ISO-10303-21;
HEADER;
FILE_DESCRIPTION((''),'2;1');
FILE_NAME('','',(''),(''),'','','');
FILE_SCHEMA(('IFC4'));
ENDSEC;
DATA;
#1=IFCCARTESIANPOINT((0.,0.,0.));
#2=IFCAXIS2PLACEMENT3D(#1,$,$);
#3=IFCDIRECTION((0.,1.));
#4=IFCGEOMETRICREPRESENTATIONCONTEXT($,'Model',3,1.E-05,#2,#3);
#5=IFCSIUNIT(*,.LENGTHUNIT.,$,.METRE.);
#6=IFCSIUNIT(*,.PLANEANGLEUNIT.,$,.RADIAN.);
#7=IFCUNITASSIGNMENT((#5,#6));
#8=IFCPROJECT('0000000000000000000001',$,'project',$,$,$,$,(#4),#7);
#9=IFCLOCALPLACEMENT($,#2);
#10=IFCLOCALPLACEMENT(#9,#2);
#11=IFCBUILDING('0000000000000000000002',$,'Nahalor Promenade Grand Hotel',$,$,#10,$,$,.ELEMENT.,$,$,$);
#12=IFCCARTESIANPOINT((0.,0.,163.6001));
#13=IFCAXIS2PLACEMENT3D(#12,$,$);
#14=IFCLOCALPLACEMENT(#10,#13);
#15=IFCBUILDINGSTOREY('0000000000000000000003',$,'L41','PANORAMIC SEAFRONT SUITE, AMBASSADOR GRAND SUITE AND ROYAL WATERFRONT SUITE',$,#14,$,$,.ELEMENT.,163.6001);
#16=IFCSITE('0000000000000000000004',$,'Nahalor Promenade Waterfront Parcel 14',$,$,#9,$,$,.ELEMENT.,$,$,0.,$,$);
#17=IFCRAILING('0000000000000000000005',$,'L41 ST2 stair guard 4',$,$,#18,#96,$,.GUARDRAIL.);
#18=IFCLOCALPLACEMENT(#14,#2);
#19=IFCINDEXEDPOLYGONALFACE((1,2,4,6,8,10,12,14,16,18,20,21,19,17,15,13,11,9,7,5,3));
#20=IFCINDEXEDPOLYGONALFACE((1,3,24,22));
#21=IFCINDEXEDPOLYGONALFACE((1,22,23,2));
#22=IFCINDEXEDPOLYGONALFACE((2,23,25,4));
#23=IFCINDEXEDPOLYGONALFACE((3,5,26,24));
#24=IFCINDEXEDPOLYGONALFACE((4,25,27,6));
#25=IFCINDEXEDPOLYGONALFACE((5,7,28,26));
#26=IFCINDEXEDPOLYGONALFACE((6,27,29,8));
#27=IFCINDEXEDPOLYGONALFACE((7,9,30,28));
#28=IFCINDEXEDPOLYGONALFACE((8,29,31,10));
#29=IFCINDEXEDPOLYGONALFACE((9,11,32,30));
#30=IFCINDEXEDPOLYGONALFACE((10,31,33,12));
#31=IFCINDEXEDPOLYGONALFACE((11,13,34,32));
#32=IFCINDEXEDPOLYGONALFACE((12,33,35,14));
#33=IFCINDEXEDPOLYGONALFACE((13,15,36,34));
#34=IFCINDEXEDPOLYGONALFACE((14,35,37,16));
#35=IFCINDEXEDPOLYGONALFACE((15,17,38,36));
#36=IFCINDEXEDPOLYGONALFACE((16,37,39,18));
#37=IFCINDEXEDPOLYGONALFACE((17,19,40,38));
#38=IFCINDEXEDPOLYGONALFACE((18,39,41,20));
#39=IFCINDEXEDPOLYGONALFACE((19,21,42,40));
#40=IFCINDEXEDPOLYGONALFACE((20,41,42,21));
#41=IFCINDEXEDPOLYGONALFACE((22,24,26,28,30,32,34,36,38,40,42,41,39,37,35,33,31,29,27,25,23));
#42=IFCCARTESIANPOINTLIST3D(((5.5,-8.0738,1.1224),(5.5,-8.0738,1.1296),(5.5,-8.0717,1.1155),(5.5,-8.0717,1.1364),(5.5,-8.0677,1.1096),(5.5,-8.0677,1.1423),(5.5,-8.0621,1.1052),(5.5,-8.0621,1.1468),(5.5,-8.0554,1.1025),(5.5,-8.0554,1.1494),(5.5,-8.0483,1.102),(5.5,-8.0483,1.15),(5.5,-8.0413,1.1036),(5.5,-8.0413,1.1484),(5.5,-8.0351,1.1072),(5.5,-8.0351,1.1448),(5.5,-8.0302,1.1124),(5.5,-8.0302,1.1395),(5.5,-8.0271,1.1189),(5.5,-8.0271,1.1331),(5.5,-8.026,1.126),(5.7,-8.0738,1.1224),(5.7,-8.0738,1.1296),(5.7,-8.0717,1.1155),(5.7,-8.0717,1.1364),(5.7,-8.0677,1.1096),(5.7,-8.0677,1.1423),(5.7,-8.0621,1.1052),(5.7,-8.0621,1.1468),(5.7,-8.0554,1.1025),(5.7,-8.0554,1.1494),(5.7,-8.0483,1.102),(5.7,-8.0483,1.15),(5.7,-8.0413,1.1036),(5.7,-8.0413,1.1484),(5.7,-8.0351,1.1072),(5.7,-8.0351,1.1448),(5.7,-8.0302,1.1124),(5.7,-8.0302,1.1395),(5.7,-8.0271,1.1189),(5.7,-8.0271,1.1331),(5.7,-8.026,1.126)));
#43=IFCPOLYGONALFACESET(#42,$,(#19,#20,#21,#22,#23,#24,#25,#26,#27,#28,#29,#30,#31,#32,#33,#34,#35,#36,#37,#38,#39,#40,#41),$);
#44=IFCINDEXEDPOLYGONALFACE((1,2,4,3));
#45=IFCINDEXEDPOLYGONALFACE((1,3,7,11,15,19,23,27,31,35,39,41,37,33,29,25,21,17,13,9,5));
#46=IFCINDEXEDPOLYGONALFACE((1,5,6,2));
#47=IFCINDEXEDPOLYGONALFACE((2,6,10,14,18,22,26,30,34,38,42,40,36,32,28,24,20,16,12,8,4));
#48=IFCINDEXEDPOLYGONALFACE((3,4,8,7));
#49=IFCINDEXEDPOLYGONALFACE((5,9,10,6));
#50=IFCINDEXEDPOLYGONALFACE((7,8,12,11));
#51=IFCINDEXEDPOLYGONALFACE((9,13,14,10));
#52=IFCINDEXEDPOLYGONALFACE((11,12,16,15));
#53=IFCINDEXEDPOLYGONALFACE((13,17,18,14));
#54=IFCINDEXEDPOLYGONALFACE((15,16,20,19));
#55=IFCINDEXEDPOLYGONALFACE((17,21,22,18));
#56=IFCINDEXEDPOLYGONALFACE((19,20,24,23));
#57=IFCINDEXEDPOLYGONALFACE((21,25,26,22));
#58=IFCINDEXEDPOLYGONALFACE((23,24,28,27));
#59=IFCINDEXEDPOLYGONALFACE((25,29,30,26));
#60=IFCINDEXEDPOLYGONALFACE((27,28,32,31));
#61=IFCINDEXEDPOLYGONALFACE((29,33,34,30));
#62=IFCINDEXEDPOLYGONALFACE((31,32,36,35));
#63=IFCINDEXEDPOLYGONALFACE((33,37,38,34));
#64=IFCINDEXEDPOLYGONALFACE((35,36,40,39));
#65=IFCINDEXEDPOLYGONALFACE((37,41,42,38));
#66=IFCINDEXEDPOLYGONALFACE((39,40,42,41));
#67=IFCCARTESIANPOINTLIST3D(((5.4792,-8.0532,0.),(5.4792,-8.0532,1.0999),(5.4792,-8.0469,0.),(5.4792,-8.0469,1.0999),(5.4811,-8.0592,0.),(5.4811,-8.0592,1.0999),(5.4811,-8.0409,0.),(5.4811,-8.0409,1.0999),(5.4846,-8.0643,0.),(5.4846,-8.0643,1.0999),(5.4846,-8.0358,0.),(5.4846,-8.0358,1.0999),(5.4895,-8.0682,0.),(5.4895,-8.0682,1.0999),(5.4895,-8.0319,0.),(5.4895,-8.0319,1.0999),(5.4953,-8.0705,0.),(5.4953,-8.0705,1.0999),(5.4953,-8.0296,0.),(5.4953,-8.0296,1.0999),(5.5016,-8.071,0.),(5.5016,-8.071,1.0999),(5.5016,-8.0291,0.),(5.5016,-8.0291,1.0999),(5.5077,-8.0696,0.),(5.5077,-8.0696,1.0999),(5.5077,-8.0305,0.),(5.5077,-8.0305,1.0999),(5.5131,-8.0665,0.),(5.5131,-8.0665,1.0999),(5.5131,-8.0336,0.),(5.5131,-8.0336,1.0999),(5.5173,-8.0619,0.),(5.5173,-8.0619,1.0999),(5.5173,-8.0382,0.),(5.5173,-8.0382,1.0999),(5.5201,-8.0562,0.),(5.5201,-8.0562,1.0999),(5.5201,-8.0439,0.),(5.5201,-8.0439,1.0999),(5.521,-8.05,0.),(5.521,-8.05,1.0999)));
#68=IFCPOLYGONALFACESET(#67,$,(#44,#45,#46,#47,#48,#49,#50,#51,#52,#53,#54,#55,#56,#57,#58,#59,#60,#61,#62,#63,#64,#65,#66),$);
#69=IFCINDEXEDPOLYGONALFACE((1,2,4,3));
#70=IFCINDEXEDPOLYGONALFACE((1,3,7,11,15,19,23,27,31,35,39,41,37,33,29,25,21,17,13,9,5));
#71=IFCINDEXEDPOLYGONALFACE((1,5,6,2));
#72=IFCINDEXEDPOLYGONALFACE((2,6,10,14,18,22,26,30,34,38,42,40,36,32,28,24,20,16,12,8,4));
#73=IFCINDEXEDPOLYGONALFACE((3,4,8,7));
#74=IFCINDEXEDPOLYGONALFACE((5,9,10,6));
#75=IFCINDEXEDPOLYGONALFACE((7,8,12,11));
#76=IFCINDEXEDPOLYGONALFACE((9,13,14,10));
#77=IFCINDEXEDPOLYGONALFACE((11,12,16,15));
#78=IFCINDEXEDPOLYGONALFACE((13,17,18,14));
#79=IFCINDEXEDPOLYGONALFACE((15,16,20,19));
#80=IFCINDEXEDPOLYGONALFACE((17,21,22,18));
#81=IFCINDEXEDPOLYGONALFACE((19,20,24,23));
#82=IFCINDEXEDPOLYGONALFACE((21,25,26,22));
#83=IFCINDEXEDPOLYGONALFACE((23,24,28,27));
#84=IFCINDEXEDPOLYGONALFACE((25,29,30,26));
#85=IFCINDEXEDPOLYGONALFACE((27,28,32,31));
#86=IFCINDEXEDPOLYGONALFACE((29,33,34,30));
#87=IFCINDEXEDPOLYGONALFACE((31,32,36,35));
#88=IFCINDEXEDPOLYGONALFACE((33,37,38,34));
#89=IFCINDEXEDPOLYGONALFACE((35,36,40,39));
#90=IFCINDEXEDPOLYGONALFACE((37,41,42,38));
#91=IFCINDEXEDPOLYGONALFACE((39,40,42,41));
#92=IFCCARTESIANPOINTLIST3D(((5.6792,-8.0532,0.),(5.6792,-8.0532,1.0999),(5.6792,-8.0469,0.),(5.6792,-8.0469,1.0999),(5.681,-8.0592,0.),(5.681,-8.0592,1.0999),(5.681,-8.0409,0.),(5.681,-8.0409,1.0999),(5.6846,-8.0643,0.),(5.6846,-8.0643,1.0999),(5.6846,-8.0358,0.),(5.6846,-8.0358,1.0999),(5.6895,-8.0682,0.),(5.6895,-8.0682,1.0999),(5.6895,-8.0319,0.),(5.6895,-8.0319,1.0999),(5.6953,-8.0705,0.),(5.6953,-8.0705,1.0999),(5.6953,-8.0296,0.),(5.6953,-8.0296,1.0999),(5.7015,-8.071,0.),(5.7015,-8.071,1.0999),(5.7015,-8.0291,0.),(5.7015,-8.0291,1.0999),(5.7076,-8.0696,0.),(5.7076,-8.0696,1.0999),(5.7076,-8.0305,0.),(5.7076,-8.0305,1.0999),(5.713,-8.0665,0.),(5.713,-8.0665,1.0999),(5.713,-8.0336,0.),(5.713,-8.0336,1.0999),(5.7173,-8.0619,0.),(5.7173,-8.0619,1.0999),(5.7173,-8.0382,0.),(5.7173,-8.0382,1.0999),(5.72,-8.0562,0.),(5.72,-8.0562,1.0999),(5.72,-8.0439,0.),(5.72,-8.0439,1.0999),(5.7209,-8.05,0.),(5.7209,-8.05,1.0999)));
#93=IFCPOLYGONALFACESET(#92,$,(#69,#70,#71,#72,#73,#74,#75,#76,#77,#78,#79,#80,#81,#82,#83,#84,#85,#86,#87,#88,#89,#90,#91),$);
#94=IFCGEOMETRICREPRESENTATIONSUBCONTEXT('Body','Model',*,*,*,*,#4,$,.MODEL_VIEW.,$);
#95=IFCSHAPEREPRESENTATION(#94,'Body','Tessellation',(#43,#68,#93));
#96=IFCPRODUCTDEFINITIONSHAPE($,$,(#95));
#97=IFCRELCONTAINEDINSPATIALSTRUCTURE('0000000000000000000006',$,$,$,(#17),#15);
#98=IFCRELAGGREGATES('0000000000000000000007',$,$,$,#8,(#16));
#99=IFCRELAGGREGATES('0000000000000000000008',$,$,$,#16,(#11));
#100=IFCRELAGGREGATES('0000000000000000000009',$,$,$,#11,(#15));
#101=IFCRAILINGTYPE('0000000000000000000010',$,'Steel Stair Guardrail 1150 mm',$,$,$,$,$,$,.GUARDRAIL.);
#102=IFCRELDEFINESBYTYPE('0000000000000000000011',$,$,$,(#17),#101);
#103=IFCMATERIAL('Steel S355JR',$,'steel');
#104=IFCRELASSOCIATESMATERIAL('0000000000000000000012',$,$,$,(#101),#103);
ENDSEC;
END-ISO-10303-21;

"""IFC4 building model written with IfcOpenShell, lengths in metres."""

from ifc_helpers import new_model, si_unit, direction, frame, origin, origin_2d, place, context, subcontext, project, spatial, circle, extrude, material, type_object, element, save


model = new_model("IFC4")

# Units and contexts
model_context = context("Model", 3, precision=1e-05, world=origin(), true_north=direction((0.0, 1.0)))
body_context = subcontext(model_context, "Body", "Model", "MODEL_VIEW")
ifc_project = project(units=[si_unit("LENGTHUNIT", "METRE"), si_unit("PLANEANGLEUNIT", "RADIAN")], contexts=[model_context])

# Site, building, storey
site_placement = place(None, origin())
site = spatial("IfcSite", under=ifc_project, at=site_placement, Name="Nahalor Promenade Waterfront Parcel 14", CompositionType="ELEMENT", RefElevation=0.0)
building_placement = place(site_placement, origin())
building = spatial("IfcBuilding", under=site, at=building_placement, Name="Nahalor Promenade Grand Hotel", CompositionType="ELEMENT")
storey_placement = place(building_placement, frame((0.0, 0.0, 163.6001)))
storey = spatial("IfcBuildingStorey", under=building, at=storey_placement, Name="L41", Description="PANORAMIC SEAFRONT SUITE, AMBASSADOR GRAND SUITE AND ROYAL WATERFRONT SUITE", CompositionType="ELEMENT", Elevation=163.6001)

# Shared definitions
ifc_material_1 = material(Name="Steel S355JR", Category="steel")

# Railing
railing_type_1 = type_object("IfcRailingType", Name="Steel Stair Guardrail 1150 mm", PredefinedType="GUARDRAIL", material=ifc_material_1)
railing_1_placement = place(storey_placement, frame((5.5, -8.05, 0.0)))
element("IfcRailing", 1, at=railing_1_placement, inside=storey, type_object=railing_type_1, Name="L41 ST2 stair guard 4", PredefinedType="GUARDRAIL", context=body_context, shape_type="SweptSolid", body=[
    extrude(circle(Radius=0.024, at=origin_2d()), frame((0.0, 0.0, 1.126), z_axis=(1.0, 0.0, 0.0), x_axis=(0.0, 1.0, 0.0)), (0.0, 0.0, 1.0), 0.2),
    extrude(circle(Radius=0.021, at=origin_2d()), origin(), (0.0, 0.0, 1.0), 1.0999),
    extrude(circle(Radius=0.021, at=origin_2d()), frame((0.2, 0.0, 0.0)), (0.0, 0.0, 1.0), 1.0999),
])

save(model, "model.ifc")
